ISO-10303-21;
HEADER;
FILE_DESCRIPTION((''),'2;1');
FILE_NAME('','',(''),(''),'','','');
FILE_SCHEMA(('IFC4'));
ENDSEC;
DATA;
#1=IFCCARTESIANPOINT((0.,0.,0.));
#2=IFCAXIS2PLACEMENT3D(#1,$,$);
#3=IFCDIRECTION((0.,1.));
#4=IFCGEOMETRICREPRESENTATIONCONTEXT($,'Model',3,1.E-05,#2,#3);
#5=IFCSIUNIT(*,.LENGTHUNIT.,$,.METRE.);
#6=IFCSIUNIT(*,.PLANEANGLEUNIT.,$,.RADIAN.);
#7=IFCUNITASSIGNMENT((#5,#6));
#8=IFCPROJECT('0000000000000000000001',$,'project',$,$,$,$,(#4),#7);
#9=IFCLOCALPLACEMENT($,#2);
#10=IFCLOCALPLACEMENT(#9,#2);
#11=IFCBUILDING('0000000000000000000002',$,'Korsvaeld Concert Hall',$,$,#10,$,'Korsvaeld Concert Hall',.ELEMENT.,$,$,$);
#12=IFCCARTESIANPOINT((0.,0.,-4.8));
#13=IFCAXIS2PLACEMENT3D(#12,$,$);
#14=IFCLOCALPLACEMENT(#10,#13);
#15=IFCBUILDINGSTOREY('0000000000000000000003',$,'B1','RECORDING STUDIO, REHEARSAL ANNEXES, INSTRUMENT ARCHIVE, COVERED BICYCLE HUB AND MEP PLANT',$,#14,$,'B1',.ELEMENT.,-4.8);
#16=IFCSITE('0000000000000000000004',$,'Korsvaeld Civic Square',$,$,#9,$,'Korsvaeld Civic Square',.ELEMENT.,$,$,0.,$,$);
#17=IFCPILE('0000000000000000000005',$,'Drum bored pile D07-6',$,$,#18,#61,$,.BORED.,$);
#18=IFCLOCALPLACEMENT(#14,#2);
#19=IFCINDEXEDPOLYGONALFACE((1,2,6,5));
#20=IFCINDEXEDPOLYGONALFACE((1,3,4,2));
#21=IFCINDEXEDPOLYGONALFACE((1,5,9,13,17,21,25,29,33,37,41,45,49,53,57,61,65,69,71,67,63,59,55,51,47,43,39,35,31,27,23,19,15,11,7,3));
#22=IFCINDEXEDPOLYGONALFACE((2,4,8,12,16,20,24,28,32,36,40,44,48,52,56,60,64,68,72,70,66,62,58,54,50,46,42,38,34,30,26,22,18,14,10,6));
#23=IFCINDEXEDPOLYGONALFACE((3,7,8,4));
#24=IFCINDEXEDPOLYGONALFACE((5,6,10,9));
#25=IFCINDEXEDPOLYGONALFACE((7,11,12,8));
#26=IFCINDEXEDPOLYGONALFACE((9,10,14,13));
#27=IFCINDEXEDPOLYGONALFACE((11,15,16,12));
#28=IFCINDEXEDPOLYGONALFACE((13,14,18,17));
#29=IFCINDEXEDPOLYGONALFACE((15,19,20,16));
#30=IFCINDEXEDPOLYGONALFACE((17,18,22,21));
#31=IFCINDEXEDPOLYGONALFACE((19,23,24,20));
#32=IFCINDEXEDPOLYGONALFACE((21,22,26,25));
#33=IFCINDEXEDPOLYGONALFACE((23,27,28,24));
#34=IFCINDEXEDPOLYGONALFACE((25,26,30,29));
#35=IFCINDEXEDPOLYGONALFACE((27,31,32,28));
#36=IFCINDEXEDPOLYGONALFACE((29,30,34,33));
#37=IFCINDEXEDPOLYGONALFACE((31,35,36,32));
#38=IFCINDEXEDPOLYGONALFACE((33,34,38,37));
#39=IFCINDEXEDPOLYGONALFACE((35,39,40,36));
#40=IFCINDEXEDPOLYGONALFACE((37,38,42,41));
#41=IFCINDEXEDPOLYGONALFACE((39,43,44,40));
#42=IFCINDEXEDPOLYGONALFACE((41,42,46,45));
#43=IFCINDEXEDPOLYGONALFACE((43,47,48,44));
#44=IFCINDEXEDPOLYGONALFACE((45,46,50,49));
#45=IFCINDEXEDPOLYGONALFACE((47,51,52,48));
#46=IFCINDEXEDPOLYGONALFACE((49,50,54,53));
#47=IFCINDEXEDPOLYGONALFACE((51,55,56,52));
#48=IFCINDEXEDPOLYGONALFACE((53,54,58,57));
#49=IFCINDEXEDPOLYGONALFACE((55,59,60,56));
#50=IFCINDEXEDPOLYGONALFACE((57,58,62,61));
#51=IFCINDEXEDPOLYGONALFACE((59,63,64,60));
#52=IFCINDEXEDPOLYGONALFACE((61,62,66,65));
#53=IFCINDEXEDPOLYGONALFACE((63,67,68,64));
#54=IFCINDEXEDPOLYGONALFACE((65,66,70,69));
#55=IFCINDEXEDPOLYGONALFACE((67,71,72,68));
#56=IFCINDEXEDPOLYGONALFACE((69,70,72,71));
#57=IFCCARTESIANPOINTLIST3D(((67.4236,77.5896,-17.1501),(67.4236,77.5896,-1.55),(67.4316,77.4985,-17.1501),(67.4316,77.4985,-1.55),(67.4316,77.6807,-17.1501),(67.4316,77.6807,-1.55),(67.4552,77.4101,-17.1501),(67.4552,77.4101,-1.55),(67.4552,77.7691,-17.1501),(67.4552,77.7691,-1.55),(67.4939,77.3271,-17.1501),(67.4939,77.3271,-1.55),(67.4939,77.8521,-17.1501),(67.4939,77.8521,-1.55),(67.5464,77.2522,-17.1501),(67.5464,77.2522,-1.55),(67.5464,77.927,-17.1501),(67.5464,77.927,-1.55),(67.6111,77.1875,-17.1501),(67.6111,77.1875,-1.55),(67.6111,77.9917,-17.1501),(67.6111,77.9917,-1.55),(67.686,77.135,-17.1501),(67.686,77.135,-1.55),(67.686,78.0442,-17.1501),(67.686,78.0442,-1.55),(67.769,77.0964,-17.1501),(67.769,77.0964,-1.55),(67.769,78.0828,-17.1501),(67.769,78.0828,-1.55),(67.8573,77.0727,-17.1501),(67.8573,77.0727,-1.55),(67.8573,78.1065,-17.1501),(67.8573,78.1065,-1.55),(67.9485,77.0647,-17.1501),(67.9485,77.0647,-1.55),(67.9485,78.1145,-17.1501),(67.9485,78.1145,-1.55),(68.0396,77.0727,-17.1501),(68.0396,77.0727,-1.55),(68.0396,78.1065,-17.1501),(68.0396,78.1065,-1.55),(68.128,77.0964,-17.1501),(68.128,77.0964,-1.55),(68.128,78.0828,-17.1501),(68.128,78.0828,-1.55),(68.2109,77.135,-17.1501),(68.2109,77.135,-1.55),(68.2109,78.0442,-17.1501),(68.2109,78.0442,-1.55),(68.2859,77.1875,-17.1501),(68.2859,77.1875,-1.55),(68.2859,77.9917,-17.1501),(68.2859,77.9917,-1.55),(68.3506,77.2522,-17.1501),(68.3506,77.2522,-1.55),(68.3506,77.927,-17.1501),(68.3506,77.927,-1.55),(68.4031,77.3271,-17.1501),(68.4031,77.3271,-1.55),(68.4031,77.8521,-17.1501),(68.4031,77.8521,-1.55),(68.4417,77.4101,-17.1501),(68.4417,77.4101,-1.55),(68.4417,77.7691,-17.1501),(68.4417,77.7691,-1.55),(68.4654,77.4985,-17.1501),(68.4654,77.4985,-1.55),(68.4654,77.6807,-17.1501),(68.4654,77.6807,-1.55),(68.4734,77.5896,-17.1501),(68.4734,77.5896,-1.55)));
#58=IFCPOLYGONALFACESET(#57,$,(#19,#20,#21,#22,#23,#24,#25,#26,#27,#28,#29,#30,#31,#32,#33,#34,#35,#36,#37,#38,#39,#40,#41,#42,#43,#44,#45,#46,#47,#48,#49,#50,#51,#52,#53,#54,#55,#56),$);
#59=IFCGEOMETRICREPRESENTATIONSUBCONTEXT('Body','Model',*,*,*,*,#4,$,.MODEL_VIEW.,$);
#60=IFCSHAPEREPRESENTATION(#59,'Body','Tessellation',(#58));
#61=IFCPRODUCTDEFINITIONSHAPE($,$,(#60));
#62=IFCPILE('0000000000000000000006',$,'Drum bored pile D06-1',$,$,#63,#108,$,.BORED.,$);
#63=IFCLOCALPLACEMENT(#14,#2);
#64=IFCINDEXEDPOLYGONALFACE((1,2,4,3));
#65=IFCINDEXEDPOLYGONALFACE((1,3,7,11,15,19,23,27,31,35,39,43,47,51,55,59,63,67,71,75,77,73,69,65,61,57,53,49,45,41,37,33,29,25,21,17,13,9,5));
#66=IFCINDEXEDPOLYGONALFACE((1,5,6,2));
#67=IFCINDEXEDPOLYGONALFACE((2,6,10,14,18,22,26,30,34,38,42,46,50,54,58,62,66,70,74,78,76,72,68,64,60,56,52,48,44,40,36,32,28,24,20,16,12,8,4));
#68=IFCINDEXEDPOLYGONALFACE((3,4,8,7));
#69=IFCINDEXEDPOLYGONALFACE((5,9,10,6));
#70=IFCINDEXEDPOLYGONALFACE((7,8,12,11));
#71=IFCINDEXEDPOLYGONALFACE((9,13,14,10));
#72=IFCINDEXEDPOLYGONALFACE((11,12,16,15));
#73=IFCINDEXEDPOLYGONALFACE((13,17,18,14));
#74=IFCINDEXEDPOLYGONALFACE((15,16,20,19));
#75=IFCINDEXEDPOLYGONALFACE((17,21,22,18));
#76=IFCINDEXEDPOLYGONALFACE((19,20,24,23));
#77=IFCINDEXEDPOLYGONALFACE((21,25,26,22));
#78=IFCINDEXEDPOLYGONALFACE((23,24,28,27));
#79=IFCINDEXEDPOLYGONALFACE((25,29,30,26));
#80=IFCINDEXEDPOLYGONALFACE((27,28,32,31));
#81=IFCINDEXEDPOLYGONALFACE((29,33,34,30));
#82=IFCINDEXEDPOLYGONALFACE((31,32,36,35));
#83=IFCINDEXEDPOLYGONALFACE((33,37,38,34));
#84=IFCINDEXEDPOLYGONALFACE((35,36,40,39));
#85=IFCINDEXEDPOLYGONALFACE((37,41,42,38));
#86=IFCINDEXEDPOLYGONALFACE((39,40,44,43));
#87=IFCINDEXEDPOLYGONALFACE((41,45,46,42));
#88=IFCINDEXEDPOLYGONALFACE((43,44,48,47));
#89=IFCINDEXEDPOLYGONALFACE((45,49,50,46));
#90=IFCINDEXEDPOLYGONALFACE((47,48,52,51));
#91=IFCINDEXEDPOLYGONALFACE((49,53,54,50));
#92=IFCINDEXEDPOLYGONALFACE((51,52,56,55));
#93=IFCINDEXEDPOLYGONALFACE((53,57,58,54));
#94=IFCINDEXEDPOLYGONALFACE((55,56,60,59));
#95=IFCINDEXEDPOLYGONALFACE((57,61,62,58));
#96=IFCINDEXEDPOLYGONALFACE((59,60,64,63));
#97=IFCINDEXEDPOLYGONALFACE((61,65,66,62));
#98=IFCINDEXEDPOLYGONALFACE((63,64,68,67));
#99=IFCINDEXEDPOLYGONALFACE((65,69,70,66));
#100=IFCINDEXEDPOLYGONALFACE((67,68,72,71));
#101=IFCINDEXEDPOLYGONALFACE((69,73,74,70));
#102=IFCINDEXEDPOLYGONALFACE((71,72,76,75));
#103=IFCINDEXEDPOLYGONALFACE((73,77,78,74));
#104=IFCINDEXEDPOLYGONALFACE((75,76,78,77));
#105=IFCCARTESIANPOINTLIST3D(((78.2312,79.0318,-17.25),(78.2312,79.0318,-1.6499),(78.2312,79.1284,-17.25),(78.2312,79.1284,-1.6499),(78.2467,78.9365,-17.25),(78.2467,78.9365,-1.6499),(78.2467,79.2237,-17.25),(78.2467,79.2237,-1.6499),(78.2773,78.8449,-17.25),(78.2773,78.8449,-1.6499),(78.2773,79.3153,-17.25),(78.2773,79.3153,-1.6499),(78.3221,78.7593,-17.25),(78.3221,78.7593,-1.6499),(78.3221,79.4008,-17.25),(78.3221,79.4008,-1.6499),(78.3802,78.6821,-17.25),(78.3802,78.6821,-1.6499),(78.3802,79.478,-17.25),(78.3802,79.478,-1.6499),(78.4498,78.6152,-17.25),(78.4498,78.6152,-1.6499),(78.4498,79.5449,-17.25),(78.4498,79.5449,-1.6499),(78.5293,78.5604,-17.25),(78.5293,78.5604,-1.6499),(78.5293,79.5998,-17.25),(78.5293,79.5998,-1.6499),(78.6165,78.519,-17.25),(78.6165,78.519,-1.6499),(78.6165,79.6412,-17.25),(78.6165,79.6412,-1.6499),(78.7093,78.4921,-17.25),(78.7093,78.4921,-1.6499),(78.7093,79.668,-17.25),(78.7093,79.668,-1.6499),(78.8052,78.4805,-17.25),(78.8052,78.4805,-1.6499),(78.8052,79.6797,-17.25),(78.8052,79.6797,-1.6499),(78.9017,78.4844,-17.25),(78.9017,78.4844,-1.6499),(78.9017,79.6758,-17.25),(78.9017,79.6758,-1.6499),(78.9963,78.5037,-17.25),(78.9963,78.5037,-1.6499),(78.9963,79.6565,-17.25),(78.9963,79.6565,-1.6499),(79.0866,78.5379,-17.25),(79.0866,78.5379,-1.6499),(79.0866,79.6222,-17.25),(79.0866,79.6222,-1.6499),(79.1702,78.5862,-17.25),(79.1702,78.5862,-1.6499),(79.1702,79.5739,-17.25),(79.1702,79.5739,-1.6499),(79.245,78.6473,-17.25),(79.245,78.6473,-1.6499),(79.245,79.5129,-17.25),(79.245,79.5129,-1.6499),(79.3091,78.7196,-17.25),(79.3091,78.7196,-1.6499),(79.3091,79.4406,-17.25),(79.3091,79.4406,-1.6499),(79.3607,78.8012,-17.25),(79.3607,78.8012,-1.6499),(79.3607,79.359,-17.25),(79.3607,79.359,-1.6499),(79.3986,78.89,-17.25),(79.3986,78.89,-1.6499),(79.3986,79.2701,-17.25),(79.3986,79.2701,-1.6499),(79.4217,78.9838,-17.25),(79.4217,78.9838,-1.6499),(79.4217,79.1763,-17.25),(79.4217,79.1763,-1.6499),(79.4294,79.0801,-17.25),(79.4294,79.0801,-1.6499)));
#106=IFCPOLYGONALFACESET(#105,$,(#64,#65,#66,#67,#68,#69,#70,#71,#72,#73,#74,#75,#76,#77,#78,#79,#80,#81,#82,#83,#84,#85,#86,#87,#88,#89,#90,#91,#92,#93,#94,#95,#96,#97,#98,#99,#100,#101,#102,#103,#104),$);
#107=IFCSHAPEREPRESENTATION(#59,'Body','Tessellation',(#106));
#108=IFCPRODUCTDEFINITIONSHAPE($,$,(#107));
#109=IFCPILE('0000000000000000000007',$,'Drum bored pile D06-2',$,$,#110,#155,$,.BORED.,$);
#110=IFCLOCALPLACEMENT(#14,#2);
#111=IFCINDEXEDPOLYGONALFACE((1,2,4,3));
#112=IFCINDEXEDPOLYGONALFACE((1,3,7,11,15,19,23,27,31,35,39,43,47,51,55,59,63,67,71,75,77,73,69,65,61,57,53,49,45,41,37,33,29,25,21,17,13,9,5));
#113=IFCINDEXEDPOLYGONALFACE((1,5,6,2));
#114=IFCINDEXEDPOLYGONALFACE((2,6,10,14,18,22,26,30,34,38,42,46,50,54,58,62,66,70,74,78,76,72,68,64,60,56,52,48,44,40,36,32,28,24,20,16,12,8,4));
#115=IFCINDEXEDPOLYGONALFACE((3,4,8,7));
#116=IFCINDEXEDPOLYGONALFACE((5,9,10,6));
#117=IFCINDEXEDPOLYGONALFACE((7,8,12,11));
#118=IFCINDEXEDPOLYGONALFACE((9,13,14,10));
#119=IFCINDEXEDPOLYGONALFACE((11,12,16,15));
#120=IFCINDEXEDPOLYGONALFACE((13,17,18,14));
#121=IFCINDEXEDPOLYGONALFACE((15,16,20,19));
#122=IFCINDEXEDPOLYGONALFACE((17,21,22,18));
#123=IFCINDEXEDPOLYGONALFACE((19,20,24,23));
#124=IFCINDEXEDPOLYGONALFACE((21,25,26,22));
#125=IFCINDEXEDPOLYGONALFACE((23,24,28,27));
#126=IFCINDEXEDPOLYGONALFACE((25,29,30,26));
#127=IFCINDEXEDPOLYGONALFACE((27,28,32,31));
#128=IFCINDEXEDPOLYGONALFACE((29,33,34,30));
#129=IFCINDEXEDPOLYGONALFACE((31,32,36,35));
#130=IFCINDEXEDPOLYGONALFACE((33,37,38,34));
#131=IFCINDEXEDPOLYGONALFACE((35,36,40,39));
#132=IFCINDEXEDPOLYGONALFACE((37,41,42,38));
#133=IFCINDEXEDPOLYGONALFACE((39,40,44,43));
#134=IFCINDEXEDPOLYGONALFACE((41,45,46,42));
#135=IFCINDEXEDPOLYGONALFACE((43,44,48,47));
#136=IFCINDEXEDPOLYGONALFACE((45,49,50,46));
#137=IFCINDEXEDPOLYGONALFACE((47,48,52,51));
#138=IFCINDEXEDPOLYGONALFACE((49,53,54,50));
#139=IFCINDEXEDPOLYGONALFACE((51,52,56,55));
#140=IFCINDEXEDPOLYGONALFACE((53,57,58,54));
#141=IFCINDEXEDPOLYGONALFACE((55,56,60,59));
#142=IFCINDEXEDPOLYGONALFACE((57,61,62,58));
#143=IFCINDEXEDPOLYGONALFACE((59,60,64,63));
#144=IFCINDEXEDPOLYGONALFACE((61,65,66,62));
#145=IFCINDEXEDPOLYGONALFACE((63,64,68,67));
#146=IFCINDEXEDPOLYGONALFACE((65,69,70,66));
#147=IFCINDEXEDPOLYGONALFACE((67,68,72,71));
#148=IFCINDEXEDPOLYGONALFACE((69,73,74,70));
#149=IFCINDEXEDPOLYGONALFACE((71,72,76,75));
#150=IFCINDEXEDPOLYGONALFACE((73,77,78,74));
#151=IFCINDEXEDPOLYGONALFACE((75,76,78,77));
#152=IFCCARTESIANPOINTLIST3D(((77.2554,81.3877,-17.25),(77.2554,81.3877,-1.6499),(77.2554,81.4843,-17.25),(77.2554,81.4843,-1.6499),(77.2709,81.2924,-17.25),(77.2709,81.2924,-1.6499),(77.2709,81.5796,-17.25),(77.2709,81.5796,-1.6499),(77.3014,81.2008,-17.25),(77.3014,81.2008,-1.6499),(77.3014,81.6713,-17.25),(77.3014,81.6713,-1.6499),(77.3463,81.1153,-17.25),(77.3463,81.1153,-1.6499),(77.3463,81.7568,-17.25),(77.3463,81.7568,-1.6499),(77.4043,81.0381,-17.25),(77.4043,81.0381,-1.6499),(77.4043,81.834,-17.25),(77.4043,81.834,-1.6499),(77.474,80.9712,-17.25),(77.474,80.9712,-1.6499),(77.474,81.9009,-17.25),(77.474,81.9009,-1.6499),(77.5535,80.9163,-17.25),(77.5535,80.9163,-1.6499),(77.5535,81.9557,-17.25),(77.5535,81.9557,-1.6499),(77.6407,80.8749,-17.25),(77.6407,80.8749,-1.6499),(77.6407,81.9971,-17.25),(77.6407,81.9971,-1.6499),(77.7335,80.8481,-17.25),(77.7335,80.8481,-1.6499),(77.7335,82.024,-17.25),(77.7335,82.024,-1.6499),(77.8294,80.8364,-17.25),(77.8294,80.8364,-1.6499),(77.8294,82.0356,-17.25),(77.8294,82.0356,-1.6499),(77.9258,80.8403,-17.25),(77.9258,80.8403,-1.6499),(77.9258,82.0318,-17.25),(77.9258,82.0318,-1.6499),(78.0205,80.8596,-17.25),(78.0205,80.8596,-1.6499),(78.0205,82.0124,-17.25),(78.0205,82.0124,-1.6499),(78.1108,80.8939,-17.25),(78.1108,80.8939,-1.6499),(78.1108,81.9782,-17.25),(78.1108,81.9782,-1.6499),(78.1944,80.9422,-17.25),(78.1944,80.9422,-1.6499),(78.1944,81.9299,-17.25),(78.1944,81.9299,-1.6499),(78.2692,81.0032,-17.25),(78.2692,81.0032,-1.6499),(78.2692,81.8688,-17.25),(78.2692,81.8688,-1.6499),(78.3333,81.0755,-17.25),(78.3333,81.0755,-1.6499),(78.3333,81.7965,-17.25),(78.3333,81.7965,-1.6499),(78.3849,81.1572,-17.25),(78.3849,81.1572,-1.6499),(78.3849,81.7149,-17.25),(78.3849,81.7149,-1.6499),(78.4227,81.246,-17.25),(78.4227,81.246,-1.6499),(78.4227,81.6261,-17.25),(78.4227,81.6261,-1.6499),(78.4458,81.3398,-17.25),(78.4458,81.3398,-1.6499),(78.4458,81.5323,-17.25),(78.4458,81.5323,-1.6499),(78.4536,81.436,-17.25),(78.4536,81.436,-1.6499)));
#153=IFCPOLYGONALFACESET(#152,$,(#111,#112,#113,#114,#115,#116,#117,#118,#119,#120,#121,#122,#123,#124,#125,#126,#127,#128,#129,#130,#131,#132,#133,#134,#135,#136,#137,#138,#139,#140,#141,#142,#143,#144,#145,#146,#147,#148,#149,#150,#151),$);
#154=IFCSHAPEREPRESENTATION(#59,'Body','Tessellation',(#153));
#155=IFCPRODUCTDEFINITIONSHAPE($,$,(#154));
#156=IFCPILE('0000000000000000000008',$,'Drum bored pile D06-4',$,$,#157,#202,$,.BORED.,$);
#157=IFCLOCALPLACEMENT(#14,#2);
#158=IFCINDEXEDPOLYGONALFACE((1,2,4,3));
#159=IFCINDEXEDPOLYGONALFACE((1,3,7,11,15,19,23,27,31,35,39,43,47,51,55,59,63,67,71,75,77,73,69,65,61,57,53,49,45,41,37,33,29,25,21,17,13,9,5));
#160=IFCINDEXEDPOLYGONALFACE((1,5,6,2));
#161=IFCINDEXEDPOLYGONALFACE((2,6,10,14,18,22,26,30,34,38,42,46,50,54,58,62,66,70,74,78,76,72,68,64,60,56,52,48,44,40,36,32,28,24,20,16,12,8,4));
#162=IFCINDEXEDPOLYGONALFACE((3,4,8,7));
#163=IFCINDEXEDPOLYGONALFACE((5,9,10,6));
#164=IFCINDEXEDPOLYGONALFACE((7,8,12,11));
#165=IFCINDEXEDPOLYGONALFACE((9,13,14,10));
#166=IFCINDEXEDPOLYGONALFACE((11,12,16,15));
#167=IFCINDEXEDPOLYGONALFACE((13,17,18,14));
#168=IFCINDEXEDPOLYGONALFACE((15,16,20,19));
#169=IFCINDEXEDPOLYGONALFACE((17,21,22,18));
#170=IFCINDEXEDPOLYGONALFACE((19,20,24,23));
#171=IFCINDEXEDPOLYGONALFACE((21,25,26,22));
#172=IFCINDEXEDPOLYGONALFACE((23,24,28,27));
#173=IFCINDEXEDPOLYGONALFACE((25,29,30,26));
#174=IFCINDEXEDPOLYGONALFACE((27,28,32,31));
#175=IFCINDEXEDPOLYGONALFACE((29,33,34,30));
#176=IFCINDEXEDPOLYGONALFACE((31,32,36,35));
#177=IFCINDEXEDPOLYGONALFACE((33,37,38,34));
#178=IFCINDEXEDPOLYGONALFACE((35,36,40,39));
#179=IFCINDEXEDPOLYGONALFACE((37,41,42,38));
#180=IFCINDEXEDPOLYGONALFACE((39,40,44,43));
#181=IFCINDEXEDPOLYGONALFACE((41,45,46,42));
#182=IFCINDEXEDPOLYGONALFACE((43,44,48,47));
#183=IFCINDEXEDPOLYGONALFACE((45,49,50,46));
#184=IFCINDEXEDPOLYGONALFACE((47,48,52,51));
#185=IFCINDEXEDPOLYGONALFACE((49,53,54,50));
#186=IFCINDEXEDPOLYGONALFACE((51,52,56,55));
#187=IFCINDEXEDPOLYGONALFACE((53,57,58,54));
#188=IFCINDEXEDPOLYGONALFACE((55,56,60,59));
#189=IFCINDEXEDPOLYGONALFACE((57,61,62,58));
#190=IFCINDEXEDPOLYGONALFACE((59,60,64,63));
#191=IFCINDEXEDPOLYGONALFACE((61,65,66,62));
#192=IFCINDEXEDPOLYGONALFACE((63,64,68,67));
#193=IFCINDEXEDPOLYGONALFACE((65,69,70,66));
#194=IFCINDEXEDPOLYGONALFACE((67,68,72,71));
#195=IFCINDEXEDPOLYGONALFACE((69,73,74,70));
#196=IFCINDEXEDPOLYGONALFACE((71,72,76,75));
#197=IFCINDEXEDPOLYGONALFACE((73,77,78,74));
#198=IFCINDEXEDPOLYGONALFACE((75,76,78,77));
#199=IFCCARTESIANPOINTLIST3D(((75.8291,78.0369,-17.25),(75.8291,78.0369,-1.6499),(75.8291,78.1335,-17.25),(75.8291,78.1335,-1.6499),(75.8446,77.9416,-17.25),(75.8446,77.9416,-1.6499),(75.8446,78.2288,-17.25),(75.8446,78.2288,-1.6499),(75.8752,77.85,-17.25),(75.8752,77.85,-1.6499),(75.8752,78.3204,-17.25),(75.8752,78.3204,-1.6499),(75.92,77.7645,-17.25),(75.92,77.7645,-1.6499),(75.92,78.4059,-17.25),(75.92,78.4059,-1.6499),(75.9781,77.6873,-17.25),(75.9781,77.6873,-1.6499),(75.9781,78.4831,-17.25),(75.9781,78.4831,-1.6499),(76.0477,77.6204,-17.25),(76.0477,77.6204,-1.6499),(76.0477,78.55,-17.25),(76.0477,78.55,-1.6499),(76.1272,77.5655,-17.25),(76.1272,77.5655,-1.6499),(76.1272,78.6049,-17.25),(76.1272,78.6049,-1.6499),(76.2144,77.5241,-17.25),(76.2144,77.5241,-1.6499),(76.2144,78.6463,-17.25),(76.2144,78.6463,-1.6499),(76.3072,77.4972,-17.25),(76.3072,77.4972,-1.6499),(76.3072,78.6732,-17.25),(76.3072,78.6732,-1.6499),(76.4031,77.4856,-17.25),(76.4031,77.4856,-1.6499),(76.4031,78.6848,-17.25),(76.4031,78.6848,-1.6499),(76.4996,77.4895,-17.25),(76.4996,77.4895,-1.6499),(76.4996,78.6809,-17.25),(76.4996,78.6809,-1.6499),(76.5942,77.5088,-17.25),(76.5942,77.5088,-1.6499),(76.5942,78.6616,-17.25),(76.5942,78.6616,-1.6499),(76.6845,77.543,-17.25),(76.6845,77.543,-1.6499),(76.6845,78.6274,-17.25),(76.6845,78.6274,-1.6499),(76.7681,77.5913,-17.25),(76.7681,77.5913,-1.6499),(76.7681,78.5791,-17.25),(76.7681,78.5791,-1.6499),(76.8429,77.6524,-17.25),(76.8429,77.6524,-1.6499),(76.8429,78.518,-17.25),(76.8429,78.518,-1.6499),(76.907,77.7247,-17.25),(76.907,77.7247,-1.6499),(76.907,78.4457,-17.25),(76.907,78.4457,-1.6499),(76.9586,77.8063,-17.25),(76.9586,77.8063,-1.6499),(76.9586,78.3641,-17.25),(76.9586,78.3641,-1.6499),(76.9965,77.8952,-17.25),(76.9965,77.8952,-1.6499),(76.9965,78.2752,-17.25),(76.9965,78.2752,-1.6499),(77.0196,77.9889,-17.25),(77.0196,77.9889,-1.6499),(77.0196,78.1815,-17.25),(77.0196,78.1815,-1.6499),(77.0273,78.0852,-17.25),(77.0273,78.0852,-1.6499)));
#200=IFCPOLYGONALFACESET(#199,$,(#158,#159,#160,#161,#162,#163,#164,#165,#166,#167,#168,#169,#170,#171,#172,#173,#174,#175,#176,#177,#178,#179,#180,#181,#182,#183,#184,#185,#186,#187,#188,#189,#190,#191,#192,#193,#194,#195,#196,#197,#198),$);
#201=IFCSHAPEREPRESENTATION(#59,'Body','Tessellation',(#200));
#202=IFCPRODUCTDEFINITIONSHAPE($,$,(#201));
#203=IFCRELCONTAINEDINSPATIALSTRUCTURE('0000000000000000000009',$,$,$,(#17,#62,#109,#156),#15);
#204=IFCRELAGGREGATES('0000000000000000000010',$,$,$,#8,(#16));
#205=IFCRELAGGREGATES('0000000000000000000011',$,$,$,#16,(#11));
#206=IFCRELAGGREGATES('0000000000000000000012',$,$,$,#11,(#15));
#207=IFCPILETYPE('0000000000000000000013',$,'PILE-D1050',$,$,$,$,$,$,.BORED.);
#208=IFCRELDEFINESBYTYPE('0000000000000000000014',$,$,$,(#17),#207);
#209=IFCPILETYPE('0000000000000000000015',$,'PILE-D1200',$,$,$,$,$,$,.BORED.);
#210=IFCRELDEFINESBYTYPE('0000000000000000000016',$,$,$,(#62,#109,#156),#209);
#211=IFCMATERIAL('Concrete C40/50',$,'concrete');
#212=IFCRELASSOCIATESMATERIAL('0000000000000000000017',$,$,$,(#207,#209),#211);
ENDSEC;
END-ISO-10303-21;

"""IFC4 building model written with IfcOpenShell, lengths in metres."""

from ifc_helpers import new_model, si_unit, direction, frame, origin, origin_2d, place, context, subcontext, project, spatial, circle, extrude, material, material_profile, profile_set, type_object, element, save


model = new_model("IFC4")

# Units and contexts
model_context = context("Model", 3, precision=1e-05, world=origin(), true_north=direction((0.0, 1.0)))
body_context = subcontext(model_context, "Body", "Model", "MODEL_VIEW")
ifc_project = project(units=[si_unit("LENGTHUNIT", "METRE"), si_unit("PLANEANGLEUNIT", "RADIAN")], contexts=[model_context])

# Site, building, storey
site_placement = place(None, origin())
site = spatial("IfcSite", under=ifc_project, at=site_placement, Name="Korsvaeld Civic Square", LongName="Korsvaeld Civic Square", CompositionType="ELEMENT", RefElevation=0.0)
building_placement = place(site_placement, origin())
building = spatial("IfcBuilding", under=site, at=building_placement, Name="Korsvaeld Concert Hall", LongName="Korsvaeld Concert Hall", CompositionType="ELEMENT")
storey_placement = place(building_placement, frame((0.0, 0.0, -4.8)))
storey = spatial("IfcBuildingStorey", under=building, at=storey_placement, Name="B1", Description="RECORDING STUDIO, REHEARSAL ANNEXES, INSTRUMENT ARCHIVE, COVERED BICYCLE HUB AND MEP PLANT", LongName="B1", CompositionType="ELEMENT", Elevation=-4.8)

# Piles
ifc_material_1 = material(Name="Concrete C40/50", Category="concrete")
ifc_material_profile_1 = material_profile(ifc_material_1, circle(Radius=0.5249, at=origin_2d()), Name="BORED PILE D1050")
ifc_profile_set_1 = profile_set([ifc_material_profile_1], Name="Concrete C40/50")
pile_type_1 = type_object("IfcPileType", Name="PILE-D1050", PredefinedType="BORED", material=ifc_profile_set_1)
for number, where, z_axis, x_axis, name in (
    (1, (67.9485, 77.5896, -1.55), (0.0, 0.0, -1.0), (1.0, 0.0, 0.0), "Drum bored pile D07-6"),
):
    element("IfcPile", number, at=place(storey_placement, frame(where, z_axis=z_axis, x_axis=x_axis)), inside=storey, type_object=pile_type_1, Name=name, PredefinedType="BORED", context=body_context, shape_type="SweptSolid", body=[
        extrude(circle(Radius=0.5249, at=origin_2d()), origin(), (0.0, 0.0, 1.0), 15.6001),
    ])
ifc_material_profile_2 = material_profile(ifc_material_1, circle(Radius=0.6001, at=origin_2d()), Name="BORED PILE D1200")
ifc_profile_set_2 = profile_set([ifc_material_profile_2], Name="Concrete C40/50")
pile_type_2 = type_object("IfcPileType", Name="PILE-D1200", PredefinedType="BORED", material=ifc_profile_set_2)
for number, where, z_axis, x_axis, name in (
    (2, (78.8293, 79.0801, -1.6499), (0.0, 0.0, -1.0), (1.0, 0.0, 0.0), "Drum bored pile D06-1"),
    (3, (77.8535, 81.436, -1.6499), (0.0, 0.0, -1.0), (1.0, 0.0, 0.0), "Drum bored pile D06-2"),
    (4, (76.4272, 78.0852, -1.6499), (0.0, 0.0, -1.0), (1.0, 0.0, 0.0), "Drum bored pile D06-4"),
):
    element("IfcPile", number, at=place(storey_placement, frame(where, z_axis=z_axis, x_axis=x_axis)), inside=storey, type_object=pile_type_2, Name=name, PredefinedType="BORED", context=body_context, shape_type="SweptSolid", body=[
        extrude(circle(Radius=0.6001, at=origin_2d()), origin(), (0.0, 0.0, 1.0), 15.6001),
    ])

save(model, "model.ifc")
